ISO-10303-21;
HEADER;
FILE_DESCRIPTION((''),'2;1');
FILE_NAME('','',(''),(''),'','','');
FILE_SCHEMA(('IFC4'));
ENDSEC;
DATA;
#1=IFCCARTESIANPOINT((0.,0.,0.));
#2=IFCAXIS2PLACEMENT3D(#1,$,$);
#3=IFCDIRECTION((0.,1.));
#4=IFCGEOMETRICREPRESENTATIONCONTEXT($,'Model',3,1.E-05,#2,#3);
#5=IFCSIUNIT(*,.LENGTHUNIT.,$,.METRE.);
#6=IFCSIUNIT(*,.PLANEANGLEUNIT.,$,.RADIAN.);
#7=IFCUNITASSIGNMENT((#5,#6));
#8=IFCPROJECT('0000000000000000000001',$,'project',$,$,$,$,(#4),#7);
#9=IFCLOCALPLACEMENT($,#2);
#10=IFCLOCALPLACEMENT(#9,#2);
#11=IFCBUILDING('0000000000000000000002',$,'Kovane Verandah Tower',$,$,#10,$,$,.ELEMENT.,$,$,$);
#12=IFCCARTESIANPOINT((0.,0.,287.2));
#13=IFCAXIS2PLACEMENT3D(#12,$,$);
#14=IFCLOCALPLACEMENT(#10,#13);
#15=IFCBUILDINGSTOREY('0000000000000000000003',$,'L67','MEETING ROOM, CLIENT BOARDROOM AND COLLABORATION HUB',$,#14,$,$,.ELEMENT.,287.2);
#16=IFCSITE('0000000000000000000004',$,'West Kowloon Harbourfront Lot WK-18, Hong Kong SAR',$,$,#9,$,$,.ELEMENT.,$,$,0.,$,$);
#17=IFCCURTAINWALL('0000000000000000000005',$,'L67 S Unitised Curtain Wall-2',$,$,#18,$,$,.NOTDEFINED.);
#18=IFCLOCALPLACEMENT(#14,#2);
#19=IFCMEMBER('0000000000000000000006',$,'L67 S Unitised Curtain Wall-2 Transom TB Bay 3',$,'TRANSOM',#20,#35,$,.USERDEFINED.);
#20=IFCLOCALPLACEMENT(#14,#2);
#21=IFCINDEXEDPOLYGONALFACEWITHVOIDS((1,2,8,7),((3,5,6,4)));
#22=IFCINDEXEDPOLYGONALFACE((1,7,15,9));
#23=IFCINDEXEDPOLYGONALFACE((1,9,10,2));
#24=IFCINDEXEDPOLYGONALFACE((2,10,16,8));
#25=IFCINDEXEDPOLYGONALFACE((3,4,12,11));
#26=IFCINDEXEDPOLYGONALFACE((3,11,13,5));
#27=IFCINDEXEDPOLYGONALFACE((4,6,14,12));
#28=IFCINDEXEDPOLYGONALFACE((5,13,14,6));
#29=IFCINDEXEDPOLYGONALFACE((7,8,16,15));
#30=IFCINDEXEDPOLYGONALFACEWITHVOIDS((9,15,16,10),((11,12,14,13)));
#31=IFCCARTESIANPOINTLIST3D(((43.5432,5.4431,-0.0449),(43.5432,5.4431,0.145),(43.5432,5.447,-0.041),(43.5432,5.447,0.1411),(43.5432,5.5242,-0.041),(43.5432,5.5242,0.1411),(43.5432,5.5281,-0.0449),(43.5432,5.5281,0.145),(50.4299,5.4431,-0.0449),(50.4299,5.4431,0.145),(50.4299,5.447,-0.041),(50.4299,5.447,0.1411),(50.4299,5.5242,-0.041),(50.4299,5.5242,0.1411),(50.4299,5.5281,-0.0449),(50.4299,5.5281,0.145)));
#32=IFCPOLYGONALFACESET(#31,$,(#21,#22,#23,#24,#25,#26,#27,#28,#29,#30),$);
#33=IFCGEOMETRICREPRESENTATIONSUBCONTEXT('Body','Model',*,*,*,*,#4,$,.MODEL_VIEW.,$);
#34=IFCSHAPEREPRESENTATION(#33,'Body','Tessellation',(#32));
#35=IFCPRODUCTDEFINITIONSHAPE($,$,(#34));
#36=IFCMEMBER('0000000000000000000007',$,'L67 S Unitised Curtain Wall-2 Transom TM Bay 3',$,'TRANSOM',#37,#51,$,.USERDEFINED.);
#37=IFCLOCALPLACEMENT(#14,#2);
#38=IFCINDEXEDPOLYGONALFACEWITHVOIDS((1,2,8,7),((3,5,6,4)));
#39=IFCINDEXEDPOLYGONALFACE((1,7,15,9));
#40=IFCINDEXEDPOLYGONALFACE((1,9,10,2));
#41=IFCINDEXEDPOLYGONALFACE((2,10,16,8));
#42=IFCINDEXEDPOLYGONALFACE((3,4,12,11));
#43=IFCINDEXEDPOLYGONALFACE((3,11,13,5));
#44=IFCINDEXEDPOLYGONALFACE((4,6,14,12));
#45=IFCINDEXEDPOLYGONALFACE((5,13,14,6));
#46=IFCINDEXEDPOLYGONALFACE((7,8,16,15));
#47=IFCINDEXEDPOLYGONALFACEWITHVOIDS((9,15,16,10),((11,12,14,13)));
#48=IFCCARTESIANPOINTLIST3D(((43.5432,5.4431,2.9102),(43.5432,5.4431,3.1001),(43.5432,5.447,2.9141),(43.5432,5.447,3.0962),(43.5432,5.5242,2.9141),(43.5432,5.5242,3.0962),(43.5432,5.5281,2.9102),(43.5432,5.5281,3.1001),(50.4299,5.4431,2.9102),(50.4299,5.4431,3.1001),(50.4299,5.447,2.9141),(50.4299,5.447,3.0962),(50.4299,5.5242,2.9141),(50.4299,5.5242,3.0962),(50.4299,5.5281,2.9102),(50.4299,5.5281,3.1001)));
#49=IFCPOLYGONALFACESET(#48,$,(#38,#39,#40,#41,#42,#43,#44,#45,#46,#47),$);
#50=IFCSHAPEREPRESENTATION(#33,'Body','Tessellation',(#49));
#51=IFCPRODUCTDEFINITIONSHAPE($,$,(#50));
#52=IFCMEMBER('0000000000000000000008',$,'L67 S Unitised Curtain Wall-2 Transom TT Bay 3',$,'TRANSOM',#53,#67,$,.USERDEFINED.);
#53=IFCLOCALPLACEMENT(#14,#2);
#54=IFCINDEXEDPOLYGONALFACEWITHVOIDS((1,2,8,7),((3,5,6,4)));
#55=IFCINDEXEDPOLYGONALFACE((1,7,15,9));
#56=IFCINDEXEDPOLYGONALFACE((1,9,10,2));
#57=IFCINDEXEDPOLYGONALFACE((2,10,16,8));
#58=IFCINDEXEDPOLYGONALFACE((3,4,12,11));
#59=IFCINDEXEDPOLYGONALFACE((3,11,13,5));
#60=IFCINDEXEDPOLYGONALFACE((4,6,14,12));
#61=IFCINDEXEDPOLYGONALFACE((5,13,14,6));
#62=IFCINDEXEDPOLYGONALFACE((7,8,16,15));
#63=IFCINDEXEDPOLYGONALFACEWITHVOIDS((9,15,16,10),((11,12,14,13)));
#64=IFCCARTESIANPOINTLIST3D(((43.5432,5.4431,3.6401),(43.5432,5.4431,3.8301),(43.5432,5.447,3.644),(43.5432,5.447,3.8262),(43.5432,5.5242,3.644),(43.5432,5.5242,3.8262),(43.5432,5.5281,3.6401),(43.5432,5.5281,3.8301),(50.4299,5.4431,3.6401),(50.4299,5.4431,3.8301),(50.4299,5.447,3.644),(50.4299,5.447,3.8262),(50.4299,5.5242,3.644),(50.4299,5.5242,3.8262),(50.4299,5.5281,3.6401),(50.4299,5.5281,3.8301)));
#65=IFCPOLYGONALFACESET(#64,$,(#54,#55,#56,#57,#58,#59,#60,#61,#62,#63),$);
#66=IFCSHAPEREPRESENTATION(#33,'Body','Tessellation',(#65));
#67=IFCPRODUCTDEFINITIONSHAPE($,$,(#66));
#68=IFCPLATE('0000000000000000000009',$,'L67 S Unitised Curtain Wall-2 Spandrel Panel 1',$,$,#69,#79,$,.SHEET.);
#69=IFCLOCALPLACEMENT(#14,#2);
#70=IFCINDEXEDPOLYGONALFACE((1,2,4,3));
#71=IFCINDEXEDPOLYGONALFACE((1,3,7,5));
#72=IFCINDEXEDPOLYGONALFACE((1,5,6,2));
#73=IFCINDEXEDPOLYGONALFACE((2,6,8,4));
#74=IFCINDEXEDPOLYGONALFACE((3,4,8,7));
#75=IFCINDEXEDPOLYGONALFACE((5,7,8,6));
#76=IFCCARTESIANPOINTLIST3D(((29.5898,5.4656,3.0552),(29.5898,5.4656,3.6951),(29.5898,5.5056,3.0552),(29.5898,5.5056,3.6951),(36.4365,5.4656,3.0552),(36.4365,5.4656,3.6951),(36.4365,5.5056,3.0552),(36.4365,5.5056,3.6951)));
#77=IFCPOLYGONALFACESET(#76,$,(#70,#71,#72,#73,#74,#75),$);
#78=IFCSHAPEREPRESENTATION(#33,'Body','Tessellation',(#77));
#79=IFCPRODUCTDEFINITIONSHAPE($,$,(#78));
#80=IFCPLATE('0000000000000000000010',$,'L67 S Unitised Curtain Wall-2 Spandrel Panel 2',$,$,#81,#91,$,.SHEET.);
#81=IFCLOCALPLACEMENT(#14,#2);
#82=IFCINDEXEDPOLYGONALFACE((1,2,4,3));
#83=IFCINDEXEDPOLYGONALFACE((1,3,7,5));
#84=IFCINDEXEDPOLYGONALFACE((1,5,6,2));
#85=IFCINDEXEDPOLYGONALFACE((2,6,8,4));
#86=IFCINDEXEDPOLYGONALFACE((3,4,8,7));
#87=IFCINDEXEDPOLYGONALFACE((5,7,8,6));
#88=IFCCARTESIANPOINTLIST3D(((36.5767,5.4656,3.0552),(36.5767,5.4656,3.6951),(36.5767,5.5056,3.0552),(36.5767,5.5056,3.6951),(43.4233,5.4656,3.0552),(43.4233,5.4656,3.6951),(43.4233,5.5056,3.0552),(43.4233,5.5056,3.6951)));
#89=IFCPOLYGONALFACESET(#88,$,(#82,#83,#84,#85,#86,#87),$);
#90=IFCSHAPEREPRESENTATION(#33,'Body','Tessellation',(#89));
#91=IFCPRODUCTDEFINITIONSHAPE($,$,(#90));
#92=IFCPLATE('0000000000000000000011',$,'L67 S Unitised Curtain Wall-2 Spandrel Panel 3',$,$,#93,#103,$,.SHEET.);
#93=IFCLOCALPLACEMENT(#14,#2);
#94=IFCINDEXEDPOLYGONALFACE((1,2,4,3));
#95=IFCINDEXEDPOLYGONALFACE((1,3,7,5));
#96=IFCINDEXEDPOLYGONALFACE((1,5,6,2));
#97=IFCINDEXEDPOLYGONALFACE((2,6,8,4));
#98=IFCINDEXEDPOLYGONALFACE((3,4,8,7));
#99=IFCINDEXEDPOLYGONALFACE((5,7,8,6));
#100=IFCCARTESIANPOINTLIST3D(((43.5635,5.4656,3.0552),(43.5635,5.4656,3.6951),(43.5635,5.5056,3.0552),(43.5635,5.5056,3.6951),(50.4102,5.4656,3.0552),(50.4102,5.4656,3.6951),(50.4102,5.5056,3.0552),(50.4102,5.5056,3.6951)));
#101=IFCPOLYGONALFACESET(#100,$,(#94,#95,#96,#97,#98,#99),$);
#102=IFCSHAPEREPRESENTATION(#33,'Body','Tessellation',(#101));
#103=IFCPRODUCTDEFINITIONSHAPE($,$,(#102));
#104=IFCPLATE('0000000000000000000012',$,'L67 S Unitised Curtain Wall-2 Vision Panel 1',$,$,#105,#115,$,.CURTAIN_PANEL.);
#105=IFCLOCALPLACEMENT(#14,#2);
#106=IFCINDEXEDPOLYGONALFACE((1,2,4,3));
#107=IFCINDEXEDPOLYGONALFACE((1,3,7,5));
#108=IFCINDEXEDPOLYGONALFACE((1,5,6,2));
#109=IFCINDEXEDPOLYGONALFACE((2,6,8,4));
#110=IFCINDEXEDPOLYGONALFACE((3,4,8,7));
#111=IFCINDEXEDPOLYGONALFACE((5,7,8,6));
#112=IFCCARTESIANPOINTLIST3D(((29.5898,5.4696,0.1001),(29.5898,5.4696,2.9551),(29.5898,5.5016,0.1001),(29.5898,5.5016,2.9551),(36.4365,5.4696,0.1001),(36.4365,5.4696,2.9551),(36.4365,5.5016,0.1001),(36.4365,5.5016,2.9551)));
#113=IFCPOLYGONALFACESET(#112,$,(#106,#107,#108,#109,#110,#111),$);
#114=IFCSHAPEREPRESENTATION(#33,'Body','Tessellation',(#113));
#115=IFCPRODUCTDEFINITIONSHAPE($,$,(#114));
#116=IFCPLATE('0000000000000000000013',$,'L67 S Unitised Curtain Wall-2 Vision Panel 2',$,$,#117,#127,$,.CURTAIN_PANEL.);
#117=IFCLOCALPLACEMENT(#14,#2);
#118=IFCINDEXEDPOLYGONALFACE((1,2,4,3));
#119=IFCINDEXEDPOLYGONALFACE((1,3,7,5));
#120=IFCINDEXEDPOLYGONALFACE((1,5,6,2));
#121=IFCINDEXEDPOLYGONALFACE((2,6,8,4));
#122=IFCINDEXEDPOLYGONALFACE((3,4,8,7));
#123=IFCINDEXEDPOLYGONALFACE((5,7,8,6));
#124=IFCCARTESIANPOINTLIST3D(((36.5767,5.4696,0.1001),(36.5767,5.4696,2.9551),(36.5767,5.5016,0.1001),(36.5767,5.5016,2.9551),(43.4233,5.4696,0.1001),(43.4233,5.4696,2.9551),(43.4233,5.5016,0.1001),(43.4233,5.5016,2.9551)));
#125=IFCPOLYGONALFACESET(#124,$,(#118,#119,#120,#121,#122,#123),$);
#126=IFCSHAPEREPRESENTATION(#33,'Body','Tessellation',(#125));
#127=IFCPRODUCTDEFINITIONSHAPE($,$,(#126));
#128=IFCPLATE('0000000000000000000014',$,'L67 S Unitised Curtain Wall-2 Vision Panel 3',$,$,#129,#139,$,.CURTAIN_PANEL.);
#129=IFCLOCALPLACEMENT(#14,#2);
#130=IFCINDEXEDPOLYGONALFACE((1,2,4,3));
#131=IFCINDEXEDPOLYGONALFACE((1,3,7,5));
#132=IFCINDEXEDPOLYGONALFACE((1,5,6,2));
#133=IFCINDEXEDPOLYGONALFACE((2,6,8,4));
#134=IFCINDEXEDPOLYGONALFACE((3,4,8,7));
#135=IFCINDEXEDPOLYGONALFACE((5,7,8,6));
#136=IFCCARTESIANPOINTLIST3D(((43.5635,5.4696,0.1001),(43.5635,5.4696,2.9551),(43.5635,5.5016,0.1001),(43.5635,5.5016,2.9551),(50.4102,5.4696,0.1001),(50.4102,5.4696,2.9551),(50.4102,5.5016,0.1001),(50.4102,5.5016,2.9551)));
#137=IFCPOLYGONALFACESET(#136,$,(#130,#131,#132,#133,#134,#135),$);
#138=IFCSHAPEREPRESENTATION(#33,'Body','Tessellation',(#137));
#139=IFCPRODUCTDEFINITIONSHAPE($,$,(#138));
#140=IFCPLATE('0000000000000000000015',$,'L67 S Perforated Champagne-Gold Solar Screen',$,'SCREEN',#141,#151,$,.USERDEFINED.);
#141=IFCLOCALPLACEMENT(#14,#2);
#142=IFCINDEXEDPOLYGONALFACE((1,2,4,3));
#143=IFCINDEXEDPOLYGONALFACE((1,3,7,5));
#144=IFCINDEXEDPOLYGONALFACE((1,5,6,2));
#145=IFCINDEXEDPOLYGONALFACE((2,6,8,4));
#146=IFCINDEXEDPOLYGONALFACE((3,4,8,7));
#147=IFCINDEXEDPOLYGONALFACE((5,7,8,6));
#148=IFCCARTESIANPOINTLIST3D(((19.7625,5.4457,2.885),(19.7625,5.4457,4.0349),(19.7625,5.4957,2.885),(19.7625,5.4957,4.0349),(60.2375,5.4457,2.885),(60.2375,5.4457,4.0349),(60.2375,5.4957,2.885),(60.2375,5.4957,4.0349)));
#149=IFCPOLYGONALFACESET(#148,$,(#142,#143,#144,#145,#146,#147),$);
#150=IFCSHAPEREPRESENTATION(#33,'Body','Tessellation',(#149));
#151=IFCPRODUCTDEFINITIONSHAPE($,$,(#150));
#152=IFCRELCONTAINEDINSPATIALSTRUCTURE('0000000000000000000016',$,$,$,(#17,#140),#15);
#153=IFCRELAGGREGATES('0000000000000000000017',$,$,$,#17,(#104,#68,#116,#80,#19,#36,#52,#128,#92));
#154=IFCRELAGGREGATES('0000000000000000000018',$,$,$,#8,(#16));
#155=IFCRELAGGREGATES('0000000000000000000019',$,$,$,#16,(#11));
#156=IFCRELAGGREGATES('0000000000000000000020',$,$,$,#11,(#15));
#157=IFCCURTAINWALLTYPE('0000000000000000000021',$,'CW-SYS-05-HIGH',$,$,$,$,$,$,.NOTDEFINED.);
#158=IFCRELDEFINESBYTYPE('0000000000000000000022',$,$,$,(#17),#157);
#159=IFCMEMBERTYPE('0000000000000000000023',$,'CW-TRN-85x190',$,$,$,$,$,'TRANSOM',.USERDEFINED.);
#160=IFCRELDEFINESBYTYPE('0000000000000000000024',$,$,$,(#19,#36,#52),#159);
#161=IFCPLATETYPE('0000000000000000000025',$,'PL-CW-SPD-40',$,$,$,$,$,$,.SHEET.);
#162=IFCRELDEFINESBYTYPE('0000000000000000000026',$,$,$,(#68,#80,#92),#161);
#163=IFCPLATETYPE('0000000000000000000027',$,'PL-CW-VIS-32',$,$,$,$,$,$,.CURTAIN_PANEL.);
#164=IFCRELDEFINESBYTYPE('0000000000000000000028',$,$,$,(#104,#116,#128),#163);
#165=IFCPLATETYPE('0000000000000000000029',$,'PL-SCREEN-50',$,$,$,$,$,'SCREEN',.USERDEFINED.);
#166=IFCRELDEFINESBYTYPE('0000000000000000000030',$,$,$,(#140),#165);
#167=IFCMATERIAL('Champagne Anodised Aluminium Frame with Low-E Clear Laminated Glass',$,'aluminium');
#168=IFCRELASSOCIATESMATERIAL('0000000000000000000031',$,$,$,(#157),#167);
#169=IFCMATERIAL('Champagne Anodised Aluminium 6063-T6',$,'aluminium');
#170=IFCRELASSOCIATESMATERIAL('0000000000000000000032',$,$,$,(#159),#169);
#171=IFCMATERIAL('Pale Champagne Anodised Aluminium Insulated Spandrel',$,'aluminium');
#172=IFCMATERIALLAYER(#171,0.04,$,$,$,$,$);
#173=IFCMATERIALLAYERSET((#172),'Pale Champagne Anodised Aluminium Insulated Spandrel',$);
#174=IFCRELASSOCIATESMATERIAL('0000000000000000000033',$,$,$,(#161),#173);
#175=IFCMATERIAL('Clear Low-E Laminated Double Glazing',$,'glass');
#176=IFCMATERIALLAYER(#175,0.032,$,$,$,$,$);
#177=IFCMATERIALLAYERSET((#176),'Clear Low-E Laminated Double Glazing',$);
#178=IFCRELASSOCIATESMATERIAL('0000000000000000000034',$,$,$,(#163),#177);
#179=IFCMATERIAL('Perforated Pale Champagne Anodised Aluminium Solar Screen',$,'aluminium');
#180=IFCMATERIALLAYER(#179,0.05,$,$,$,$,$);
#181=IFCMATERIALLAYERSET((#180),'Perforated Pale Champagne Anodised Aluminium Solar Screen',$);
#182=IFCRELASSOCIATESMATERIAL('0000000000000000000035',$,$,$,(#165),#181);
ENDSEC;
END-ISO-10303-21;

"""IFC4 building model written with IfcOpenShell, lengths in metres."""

from ifc_helpers import new_model, si_unit, direction, frame, origin, origin_2d, place, context, subcontext, project, spatial, rectangle, hollow_rectangle, extrude, material, layer, layer_set, material_profile, profile_set, type_object, element, aggregate, save


model = new_model("IFC4")

# Units and contexts
model_context = context("Model", 3, precision=1e-05, world=origin(), true_north=direction((0.0, 1.0)))
body_context = subcontext(model_context, "Body", "Model", "MODEL_VIEW")
ifc_project = project(units=[si_unit("LENGTHUNIT", "METRE"), si_unit("PLANEANGLEUNIT", "RADIAN")], contexts=[model_context])

# Site, building, storey
site_placement = place(None, origin())
site = spatial("IfcSite", under=ifc_project, at=site_placement, Name="West Kowloon Harbourfront Lot WK-18, Hong Kong SAR", CompositionType="ELEMENT", RefElevation=0.0)
building_placement = place(site_placement, origin())
building = spatial("IfcBuilding", under=site, at=building_placement, Name="Kovane Verandah Tower", CompositionType="ELEMENT")
storey_placement = place(building_placement, frame((0.0, 0.0, 287.2)))
storey = spatial("IfcBuildingStorey", under=building, at=storey_placement, Name="L67", Description="MEETING ROOM, CLIENT BOARDROOM AND COLLABORATION HUB", CompositionType="ELEMENT", Elevation=287.2)

# Curtain wall, members, plates
ifc_material_1 = material(Name="Champagne Anodised Aluminium Frame with Low-E Clear Laminated Glass", Category="aluminium")
curtain_wall_type = type_object("IfcCurtainWallType", Name="CW-SYS-05-HIGH", PredefinedType="NOTDEFINED", material=ifc_material_1)
curtain_wall_placement = place(storey_placement, origin())
curtain_wall = element("IfcCurtainWall", 1, at=curtain_wall_placement, inside=storey, type_object=curtain_wall_type, Name="L67 S Unitised Curtain Wall-2", PredefinedType="NOTDEFINED")
ifc_material_2 = material(Name="Champagne Anodised Aluminium 6063-T6", Category="aluminium")
ifc_material_profile_1 = material_profile(ifc_material_2, hollow_rectangle(XDim=0.085, YDim=0.1899, WallThickness=0.0039, at=origin_2d()), Name="AL85x190x4")
ifc_profile_set_1 = profile_set([ifc_material_profile_1], Name="Champagne Anodised Aluminium 6063-T6")
member_type_1 = type_object("IfcMemberType", Name="CW-TRN-85x190", ElementType="TRANSOM", PredefinedType="USERDEFINED", material=ifc_profile_set_1)
member_1_placement = place(storey_placement, frame((43.5432, 5.4856, 0.05), z_axis=(1.0, 0.0, 0.0), x_axis=(0.0, 1.0, 0.0)))
member_1 = element("IfcMember", 2, at=member_1_placement, type_object=member_type_1, Name="L67 S Unitised Curtain Wall-2 Transom TB Bay 3", ObjectType="TRANSOM", PredefinedType="USERDEFINED", context=body_context, shape_type="SweptSolid", body=[
    extrude(hollow_rectangle(XDim=0.085, YDim=0.1899, WallThickness=0.0039, at=origin_2d()), origin(), (0.0, 0.0, 1.0), 6.8867),
])
member_2_placement = place(storey_placement, frame((43.5432, 5.4856, 3.0051), z_axis=(1.0, 0.0, 0.0), x_axis=(0.0, 1.0, 0.0)))
member_2 = element("IfcMember", 3, at=member_2_placement, type_object=member_type_1, Name="L67 S Unitised Curtain Wall-2 Transom TM Bay 3", ObjectType="TRANSOM", PredefinedType="USERDEFINED", context=body_context, shape_type="SweptSolid", body=[
    extrude(hollow_rectangle(XDim=0.085, YDim=0.1899, WallThickness=0.0039, at=origin_2d()), origin(), (0.0, 0.0, 1.0), 6.8867),
])
member_3_placement = place(storey_placement, frame((43.5432, 5.4856, 3.7351), z_axis=(1.0, 0.0, 0.0), x_axis=(0.0, 1.0, 0.0)))
member_3 = element("IfcMember", 4, at=member_3_placement, type_object=member_type_1, Name="L67 S Unitised Curtain Wall-2 Transom TT Bay 3", ObjectType="TRANSOM", PredefinedType="USERDEFINED", context=body_context, shape_type="SweptSolid", body=[
    extrude(hollow_rectangle(XDim=0.085, YDim=0.1899, WallThickness=0.0039, at=origin_2d()), origin(), (0.0, 0.0, 1.0), 6.8867),
])
ifc_material_3 = material(Name="Pale Champagne Anodised Aluminium Insulated Spandrel", Category="aluminium")
ifc_layer_1 = layer(ifc_material_3, 0.04)
ifc_layer_set_1 = layer_set([ifc_layer_1], Name="Pale Champagne Anodised Aluminium Insulated Spandrel")
plate_type_1 = type_object("IfcPlateType", Name="PL-CW-SPD-40", PredefinedType="SHEET", material=ifc_layer_set_1)
plate_1_placement = place(storey_placement, frame((33.0132, 5.4856, 3.0552), z_axis=(0.0, 0.0, 1.0), x_axis=(1.0, 0.0, 0.0)))
plate_1 = element("IfcPlate", 5, at=plate_1_placement, type_object=plate_type_1, Name="L67 S Unitised Curtain Wall-2 Spandrel Panel 1", PredefinedType="SHEET", context=body_context, shape_type="SweptSolid", body=[
    extrude(rectangle(XDim=6.8467, YDim=0.04, at=origin_2d()), origin(), (0.0, 0.0, 1.0), 0.6399),
])
plate_2_placement = place(storey_placement, frame((40.0, 5.4856, 3.0552), z_axis=(0.0, 0.0, 1.0), x_axis=(1.0, 0.0, 0.0)))
plate_2 = element("IfcPlate", 6, at=plate_2_placement, type_object=plate_type_1, Name="L67 S Unitised Curtain Wall-2 Spandrel Panel 2", PredefinedType="SHEET", context=body_context, shape_type="SweptSolid", body=[
    extrude(rectangle(XDim=6.8467, YDim=0.04, at=origin_2d()), origin(), (0.0, 0.0, 1.0), 0.6399),
])
plate_3_placement = place(storey_placement, frame((46.9868, 5.4856, 3.0552), z_axis=(0.0, 0.0, 1.0), x_axis=(1.0, 0.0, 0.0)))
plate_3 = element("IfcPlate", 7, at=plate_3_placement, type_object=plate_type_1, Name="L67 S Unitised Curtain Wall-2 Spandrel Panel 3", PredefinedType="SHEET", context=body_context, shape_type="SweptSolid", body=[
    extrude(rectangle(XDim=6.8467, YDim=0.04, at=origin_2d()), origin(), (0.0, 0.0, 1.0), 0.6399),
])
ifc_material_4 = material(Name="Clear Low-E Laminated Double Glazing", Category="glass")
ifc_layer_2 = layer(ifc_material_4, 0.032)
ifc_layer_set_2 = layer_set([ifc_layer_2], Name="Clear Low-E Laminated Double Glazing")
plate_type_2 = type_object("IfcPlateType", Name="PL-CW-VIS-32", PredefinedType="CURTAIN_PANEL", material=ifc_layer_set_2)
plate_4_placement = place(storey_placement, frame((33.0132, 5.4856, 0.1001), z_axis=(0.0, 0.0, 1.0), x_axis=(1.0, 0.0, 0.0)))
plate_4 = element("IfcPlate", 8, at=plate_4_placement, type_object=plate_type_2, Name="L67 S Unitised Curtain Wall-2 Vision Panel 1", PredefinedType="CURTAIN_PANEL", context=body_context, shape_type="SweptSolid", body=[
    extrude(rectangle(XDim=6.8467, YDim=0.032, at=origin_2d()), origin(), (0.0, 0.0, 1.0), 2.855),
])
plate_5_placement = place(storey_placement, frame((40.0, 5.4856, 0.1001), z_axis=(0.0, 0.0, 1.0), x_axis=(1.0, 0.0, 0.0)))
plate_5 = element("IfcPlate", 9, at=plate_5_placement, type_object=plate_type_2, Name="L67 S Unitised Curtain Wall-2 Vision Panel 2", PredefinedType="CURTAIN_PANEL", context=body_context, shape_type="SweptSolid", body=[
    extrude(rectangle(XDim=6.8467, YDim=0.032, at=origin_2d()), origin(), (0.0, 0.0, 1.0), 2.855),
])
plate_6_placement = place(storey_placement, frame((46.9868, 5.4856, 0.1001), z_axis=(0.0, 0.0, 1.0), x_axis=(1.0, 0.0, 0.0)))
plate_6 = element("IfcPlate", 10, at=plate_6_placement, type_object=plate_type_2, Name="L67 S Unitised Curtain Wall-2 Vision Panel 3", PredefinedType="CURTAIN_PANEL", context=body_context, shape_type="SweptSolid", body=[
    extrude(rectangle(XDim=6.8467, YDim=0.032, at=origin_2d()), origin(), (0.0, 0.0, 1.0), 2.855),
])
aggregate(curtain_wall, [plate_4, plate_1, plate_5, plate_2, member_1, member_2, member_3, plate_6, plate_3])

# Plate
ifc_material_5 = material(Name="Perforated Pale Champagne Anodised Aluminium Solar Screen", Category="aluminium")
ifc_layer_3 = layer(ifc_material_5, 0.05)
ifc_layer_set_3 = layer_set([ifc_layer_3], Name="Perforated Pale Champagne Anodised Aluminium Solar Screen")
plate_type_3 = type_object("IfcPlateType", Name="PL-SCREEN-50", ElementType="SCREEN", PredefinedType="USERDEFINED", material=ifc_layer_set_3)
plate_7_placement = place(storey_placement, frame((40.0, 5.4707, 2.885), z_axis=(0.0, 0.0, 1.0), x_axis=(1.0, 0.0, 0.0)))
element("IfcPlate", 11, at=plate_7_placement, inside=storey, type_object=plate_type_3, Name="L67 S Perforated Champagne-Gold Solar Screen", ObjectType="SCREEN", PredefinedType="USERDEFINED", context=body_context, shape_type="SweptSolid", body=[
    extrude(rectangle(XDim=40.4751, YDim=0.05, at=origin_2d()), origin(), (0.0, 0.0, 1.0), 1.1499),
])

save(model, "model.ifc")
